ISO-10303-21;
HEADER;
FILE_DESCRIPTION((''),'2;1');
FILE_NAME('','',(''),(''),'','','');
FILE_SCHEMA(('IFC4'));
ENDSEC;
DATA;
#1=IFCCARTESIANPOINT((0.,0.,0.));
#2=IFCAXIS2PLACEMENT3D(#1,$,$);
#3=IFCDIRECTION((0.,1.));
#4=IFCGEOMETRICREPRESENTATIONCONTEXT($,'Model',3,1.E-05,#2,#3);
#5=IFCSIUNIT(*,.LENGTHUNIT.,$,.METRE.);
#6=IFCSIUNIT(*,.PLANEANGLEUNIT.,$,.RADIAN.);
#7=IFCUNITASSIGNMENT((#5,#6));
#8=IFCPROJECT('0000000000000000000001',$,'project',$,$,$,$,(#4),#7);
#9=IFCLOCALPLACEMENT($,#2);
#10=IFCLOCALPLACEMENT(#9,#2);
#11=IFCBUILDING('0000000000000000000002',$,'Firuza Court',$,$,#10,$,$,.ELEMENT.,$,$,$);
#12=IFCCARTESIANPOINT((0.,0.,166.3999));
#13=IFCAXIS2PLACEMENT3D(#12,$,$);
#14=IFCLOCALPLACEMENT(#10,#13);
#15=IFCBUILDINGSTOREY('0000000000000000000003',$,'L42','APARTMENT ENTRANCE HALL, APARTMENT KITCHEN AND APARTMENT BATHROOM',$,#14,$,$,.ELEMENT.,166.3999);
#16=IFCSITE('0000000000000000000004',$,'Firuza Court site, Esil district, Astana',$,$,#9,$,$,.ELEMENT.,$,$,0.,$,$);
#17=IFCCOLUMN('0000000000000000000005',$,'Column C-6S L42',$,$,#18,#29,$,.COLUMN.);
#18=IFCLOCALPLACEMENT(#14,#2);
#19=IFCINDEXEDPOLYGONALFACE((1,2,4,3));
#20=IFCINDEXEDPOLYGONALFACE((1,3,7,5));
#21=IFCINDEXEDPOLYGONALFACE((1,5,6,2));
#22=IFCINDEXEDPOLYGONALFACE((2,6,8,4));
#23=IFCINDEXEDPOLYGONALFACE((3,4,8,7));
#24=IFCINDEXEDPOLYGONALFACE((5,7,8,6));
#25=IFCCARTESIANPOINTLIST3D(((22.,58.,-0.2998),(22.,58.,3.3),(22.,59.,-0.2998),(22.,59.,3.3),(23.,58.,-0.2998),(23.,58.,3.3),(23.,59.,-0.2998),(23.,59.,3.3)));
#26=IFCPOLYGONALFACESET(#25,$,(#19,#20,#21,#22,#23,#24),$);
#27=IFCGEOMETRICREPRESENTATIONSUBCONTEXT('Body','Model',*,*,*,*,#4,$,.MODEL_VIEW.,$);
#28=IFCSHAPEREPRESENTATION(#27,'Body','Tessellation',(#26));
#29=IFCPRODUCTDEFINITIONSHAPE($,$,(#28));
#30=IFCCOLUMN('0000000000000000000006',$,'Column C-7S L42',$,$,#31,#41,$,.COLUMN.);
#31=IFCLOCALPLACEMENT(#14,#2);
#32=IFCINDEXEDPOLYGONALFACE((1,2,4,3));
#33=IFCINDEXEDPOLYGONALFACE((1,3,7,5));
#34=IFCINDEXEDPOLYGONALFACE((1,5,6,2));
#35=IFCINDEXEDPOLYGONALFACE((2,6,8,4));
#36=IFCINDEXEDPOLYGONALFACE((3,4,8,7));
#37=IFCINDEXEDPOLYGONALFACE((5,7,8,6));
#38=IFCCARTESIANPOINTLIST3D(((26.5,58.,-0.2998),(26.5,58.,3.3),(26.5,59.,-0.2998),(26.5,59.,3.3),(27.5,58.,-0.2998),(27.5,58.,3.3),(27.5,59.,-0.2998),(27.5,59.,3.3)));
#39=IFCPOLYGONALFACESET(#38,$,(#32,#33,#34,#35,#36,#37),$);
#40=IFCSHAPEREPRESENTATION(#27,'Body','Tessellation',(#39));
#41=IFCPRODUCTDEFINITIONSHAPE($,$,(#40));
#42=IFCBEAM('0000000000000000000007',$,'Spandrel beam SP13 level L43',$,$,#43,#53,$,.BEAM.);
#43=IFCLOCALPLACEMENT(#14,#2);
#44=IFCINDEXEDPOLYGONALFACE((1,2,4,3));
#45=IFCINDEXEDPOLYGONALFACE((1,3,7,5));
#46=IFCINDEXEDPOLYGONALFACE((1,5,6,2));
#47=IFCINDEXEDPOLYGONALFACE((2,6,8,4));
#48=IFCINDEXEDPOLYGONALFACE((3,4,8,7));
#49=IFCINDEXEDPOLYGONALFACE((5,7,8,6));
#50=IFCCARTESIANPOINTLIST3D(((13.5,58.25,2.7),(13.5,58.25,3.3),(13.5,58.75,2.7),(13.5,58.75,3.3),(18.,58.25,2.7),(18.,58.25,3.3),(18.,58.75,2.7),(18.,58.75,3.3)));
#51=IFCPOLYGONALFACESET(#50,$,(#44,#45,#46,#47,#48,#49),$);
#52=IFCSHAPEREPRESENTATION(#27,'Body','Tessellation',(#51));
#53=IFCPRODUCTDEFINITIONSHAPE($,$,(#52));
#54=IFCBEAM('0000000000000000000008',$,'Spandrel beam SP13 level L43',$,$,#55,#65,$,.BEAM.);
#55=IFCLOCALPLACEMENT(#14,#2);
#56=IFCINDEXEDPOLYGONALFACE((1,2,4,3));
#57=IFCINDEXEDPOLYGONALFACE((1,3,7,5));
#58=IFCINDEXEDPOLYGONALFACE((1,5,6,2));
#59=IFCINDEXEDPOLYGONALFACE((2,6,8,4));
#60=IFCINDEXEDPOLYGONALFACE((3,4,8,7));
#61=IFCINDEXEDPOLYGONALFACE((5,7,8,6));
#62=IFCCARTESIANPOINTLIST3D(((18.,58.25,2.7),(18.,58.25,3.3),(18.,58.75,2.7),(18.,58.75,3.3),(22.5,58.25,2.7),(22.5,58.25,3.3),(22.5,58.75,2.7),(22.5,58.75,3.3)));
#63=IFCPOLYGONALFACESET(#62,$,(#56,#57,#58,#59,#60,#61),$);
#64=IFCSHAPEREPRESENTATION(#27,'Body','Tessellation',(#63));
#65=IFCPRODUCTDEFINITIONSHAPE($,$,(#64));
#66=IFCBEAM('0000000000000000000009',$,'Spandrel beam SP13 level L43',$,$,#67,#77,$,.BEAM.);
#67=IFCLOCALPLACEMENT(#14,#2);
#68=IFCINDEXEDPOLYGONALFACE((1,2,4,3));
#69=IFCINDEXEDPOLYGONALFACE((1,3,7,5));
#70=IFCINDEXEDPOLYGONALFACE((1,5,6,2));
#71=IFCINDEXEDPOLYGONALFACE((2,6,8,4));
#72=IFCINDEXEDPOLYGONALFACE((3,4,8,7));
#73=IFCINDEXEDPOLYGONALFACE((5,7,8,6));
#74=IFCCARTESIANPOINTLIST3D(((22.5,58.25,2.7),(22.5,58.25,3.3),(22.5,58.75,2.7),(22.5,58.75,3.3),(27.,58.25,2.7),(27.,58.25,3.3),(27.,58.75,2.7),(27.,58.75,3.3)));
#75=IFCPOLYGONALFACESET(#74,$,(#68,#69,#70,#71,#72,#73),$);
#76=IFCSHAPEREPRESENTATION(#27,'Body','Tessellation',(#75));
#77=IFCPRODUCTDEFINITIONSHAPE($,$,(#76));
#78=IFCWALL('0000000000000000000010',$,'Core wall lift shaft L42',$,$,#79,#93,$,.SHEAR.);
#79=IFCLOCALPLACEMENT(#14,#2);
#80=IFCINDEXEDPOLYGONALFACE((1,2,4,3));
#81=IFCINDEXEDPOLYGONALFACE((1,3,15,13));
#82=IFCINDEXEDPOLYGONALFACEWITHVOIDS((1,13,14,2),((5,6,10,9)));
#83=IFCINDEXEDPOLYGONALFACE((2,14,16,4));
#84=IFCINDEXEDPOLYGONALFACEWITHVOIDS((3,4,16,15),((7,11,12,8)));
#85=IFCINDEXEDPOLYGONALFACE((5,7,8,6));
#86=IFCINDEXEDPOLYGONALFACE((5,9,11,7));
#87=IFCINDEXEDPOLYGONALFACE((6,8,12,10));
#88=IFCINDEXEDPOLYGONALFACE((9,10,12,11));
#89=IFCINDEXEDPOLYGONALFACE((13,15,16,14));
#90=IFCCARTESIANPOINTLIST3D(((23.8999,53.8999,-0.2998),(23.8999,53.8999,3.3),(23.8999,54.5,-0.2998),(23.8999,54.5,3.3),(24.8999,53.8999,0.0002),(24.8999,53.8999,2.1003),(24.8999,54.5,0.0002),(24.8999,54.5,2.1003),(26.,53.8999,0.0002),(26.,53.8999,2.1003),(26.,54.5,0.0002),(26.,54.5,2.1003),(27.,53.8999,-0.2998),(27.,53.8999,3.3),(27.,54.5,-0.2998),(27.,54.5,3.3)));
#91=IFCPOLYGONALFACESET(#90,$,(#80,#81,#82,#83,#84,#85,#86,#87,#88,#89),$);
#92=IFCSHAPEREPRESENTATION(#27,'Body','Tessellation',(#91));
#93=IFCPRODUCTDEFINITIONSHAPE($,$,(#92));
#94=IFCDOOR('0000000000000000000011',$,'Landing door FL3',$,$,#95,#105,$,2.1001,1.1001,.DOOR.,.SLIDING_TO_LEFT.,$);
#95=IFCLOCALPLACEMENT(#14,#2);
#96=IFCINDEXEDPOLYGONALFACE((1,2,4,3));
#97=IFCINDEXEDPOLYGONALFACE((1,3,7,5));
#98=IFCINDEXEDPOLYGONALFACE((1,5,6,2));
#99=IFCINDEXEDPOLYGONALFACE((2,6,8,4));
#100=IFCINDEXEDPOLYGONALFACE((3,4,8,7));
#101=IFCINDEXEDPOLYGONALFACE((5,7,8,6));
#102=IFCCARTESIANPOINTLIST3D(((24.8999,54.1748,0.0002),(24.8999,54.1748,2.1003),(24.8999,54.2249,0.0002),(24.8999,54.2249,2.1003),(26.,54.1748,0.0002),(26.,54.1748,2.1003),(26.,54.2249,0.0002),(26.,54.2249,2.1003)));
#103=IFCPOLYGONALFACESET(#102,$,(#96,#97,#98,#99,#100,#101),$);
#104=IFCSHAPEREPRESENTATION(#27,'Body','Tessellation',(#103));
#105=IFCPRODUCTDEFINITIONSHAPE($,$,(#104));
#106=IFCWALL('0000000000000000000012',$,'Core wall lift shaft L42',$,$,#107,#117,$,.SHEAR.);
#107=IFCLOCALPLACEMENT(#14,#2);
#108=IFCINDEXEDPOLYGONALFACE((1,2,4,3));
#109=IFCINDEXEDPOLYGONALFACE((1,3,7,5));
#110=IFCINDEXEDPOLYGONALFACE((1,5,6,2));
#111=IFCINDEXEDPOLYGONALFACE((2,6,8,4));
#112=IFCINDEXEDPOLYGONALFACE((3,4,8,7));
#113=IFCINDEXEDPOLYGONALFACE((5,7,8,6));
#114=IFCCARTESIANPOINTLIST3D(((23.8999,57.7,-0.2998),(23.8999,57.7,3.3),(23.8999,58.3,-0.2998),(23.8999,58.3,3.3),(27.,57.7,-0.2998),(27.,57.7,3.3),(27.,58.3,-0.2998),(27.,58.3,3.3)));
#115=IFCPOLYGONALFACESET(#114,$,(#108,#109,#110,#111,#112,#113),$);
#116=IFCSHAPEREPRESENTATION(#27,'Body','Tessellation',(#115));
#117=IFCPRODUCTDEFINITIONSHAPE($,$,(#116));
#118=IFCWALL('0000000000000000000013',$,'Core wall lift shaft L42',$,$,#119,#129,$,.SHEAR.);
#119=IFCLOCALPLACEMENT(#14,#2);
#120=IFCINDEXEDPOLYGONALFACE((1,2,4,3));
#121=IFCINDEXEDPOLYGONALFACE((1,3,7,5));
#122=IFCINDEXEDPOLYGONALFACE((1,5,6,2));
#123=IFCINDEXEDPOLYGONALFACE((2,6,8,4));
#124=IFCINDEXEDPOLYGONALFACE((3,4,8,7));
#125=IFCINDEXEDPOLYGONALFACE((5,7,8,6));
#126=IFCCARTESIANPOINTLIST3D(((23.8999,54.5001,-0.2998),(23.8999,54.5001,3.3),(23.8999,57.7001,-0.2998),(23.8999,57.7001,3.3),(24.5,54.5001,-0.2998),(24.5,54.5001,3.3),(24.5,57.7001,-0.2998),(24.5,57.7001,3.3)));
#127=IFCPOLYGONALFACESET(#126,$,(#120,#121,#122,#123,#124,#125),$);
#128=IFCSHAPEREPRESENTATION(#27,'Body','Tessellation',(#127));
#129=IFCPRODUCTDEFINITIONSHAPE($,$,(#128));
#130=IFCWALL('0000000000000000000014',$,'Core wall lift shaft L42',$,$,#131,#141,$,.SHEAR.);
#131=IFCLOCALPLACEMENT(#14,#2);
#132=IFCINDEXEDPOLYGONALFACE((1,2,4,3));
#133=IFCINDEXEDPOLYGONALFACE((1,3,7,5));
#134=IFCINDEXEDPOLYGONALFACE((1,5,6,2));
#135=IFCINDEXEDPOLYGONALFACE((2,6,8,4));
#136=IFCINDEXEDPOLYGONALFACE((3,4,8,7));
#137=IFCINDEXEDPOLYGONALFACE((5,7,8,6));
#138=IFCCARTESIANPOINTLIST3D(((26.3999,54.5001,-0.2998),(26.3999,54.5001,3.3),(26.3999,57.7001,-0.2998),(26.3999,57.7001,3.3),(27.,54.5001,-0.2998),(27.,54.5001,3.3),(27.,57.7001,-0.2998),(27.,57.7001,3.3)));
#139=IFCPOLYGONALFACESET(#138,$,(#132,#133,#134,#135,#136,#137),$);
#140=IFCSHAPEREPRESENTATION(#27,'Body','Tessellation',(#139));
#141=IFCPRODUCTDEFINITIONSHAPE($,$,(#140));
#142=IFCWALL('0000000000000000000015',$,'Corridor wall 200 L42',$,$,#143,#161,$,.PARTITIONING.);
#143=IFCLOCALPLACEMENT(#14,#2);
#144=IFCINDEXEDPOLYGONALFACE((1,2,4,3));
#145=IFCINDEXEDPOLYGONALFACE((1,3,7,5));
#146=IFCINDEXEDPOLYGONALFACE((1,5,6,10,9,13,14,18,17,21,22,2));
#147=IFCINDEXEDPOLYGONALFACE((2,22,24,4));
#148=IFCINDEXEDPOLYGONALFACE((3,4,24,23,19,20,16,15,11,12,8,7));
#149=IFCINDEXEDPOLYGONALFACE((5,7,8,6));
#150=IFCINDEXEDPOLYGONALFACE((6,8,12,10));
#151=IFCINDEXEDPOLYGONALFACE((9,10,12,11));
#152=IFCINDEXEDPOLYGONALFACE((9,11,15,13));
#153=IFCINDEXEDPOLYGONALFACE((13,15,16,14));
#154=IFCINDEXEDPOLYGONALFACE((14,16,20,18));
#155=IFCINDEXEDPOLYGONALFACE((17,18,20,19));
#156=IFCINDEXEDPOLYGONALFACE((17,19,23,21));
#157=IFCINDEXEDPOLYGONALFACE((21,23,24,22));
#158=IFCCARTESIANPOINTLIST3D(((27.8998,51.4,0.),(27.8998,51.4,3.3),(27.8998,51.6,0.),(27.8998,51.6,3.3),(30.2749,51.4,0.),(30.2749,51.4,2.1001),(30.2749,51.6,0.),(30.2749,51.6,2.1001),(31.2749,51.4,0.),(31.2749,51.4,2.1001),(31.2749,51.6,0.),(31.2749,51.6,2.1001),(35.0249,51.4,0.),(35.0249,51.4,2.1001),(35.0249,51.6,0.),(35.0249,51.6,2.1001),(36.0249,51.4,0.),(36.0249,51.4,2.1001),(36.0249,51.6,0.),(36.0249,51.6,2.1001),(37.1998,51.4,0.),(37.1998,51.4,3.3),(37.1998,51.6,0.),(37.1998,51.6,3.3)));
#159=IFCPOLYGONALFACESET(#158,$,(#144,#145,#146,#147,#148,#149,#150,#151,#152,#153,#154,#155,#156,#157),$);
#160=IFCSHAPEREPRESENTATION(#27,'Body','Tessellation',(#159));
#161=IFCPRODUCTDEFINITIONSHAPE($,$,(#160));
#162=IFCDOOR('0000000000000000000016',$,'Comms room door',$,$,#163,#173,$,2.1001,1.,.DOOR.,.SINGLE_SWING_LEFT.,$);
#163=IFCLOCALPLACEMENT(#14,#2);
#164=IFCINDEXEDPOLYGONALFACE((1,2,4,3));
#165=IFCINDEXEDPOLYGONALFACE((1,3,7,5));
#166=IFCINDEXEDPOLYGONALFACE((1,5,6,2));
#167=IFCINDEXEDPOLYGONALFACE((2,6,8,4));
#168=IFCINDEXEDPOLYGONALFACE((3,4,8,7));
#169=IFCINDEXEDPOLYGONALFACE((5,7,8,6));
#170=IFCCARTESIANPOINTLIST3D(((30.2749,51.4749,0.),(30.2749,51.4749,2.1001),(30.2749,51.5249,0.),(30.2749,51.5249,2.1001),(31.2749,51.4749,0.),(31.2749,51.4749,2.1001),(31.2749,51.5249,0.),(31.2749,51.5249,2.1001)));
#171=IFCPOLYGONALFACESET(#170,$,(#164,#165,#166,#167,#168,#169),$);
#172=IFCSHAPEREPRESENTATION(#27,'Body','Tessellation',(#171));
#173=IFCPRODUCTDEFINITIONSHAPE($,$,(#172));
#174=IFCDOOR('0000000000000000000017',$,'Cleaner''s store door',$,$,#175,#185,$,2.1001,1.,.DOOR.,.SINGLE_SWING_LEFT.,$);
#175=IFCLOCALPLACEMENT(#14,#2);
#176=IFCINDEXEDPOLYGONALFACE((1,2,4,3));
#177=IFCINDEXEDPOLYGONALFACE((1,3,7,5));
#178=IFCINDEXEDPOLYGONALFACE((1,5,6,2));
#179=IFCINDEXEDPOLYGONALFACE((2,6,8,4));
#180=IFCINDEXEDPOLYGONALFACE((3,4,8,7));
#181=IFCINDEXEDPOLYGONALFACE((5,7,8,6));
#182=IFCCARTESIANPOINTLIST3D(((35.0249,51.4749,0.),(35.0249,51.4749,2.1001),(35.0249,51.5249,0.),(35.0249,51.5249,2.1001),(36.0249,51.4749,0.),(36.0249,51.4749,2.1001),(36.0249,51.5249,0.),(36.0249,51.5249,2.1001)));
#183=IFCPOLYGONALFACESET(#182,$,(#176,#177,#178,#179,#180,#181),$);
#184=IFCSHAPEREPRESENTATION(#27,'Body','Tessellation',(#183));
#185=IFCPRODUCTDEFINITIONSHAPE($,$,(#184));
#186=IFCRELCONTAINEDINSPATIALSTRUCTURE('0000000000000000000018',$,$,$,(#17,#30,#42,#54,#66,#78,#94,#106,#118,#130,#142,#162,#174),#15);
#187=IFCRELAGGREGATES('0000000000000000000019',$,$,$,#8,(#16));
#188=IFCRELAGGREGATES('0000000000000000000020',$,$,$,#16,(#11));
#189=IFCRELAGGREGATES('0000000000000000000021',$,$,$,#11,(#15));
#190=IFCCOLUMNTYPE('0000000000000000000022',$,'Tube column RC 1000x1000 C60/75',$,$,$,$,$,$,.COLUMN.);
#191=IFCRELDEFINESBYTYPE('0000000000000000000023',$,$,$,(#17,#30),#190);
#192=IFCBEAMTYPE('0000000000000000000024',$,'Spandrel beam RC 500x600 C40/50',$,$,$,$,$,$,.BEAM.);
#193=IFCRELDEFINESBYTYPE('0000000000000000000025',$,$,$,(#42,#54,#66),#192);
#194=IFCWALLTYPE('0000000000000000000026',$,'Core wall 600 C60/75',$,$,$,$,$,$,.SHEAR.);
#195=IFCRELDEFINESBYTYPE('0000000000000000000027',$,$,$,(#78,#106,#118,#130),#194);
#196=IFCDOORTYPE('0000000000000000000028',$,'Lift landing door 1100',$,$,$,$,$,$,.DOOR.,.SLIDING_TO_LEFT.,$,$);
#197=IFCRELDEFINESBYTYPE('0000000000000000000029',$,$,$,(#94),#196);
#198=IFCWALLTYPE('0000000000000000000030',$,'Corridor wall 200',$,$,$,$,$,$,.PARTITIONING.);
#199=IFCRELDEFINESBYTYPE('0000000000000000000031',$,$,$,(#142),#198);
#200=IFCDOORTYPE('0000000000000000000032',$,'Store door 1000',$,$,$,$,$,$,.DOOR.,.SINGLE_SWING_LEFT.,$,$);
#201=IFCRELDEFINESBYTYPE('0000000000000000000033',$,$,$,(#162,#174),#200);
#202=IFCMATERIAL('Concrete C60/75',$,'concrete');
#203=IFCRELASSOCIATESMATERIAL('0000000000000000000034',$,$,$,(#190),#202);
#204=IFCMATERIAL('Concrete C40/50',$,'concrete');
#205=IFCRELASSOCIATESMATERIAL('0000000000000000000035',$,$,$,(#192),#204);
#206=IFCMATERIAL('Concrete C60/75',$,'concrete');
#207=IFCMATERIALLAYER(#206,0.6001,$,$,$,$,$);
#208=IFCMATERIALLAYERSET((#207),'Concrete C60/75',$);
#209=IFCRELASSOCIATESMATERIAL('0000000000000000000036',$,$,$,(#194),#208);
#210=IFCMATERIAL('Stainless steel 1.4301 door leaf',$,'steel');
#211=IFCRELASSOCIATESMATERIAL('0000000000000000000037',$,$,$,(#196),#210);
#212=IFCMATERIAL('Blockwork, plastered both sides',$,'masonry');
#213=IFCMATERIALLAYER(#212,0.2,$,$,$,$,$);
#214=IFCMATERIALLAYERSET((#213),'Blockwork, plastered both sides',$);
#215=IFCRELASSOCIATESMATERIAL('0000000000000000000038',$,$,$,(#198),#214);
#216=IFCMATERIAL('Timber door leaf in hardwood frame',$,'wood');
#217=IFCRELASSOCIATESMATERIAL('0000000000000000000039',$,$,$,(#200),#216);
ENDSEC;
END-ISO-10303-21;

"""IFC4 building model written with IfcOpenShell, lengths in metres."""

from ifc_helpers import new_model, si_unit, direction, frame, frame_2d, origin, origin_2d, place, context, subcontext, project, spatial, rectangle, extrude, material, layer, layer_set, material_profile, profile_set, type_object, element, fill, save


model = new_model("IFC4")

# Units and contexts
model_context = context("Model", 3, precision=1e-05, world=origin(), true_north=direction((0.0, 1.0)))
body_context = subcontext(model_context, "Body", "Model", "MODEL_VIEW")
ifc_project = project(units=[si_unit("LENGTHUNIT", "METRE"), si_unit("PLANEANGLEUNIT", "RADIAN")], contexts=[model_context])

# Site, building, storey
site_placement = place(None, origin())
site = spatial("IfcSite", under=ifc_project, at=site_placement, Name="Firuza Court site, Esil district, Astana", CompositionType="ELEMENT", RefElevation=0.0)
building_placement = place(site_placement, origin())
building = spatial("IfcBuilding", under=site, at=building_placement, Name="Firuza Court", CompositionType="ELEMENT")
storey_placement = place(building_placement, frame((0.0, 0.0, 166.3999)))
storey = spatial("IfcBuildingStorey", under=building, at=storey_placement, Name="L42", Description="APARTMENT ENTRANCE HALL, APARTMENT KITCHEN AND APARTMENT BATHROOM", CompositionType="ELEMENT", Elevation=166.3999)

# Columns
ifc_material_1 = material(Name="Concrete C60/75", Category="concrete")
ifc_material_profile_1 = material_profile(ifc_material_1, rectangle(XDim=1.0, YDim=1.0, at=origin_2d()), Name="RC 1000x1000")
ifc_profile_set_1 = profile_set([ifc_material_profile_1], Name="Concrete C60/75")
column_type = type_object("IfcColumnType", Name="Tube column RC 1000x1000 C60/75", PredefinedType="COLUMN", material=ifc_profile_set_1)
for number, where, z_axis, x_axis, name in (
    (1, (22.5, 58.5, -0.2998), (0.0, 0.0, 1.0), (1.0, 0.0, 0.0), "Column C-6S L42"),
    (2, (27.0, 58.5, -0.2998), (0.0, 0.0, 1.0), (1.0, 0.0, 0.0), "Column C-7S L42"),
):
    element("IfcColumn", number, at=place(storey_placement, frame(where, z_axis=z_axis, x_axis=x_axis)), inside=storey, type_object=column_type, Name=name, PredefinedType="COLUMN", context=body_context, shape_type="SweptSolid", body=[
        extrude(rectangle(XDim=1.0, YDim=1.0, at=origin_2d()), origin(), (0.0, 0.0, 1.0), 3.5999),
    ])

# Beams
ifc_material_2 = material(Name="Concrete C40/50", Category="concrete")
ifc_material_profile_2 = material_profile(ifc_material_2, rectangle(XDim=0.5, YDim=0.6001, at=origin_2d()), Name="RC 500x600")
ifc_profile_set_2 = profile_set([ifc_material_profile_2], Name="Concrete C40/50")
beam_type = type_object("IfcBeamType", Name="Spandrel beam RC 500x600 C40/50", PredefinedType="BEAM", material=ifc_profile_set_2)
for number, where, z_axis, x_axis, name in (
    (3, (18.0, 58.5, 3.0), (-1.0, 0.0, 0.0), (0.0, -1.0, 0.0), "Spandrel beam SP13 level L43"),
    (4, (22.5, 58.5, 3.0), (-1.0, 0.0, 0.0), (0.0, -1.0, 0.0), "Spandrel beam SP13 level L43"),
    (5, (27.0, 58.5, 3.0), (-1.0, 0.0, 0.0), (0.0, -1.0, 0.0), "Spandrel beam SP13 level L43"),
):
    element("IfcBeam", number, at=place(storey_placement, frame(where, z_axis=z_axis, x_axis=x_axis)), inside=storey, type_object=beam_type, Name=name, PredefinedType="BEAM", context=body_context, shape_type="SweptSolid", body=[
        extrude(rectangle(XDim=0.5, YDim=0.6001, at=origin_2d()), origin(), (0.0, 0.0, 1.0), 4.5),
    ])

# Wall, opening, door
ifc_material_3 = material(Name="Concrete C60/75", Category="concrete")
ifc_layer_1 = layer(ifc_material_3, 0.6001)
ifc_layer_set_1 = layer_set([ifc_layer_1], Name="Concrete C60/75")
wall_type_1 = type_object("IfcWallType", Name="Core wall 600 C60/75", PredefinedType="SHEAR", material=ifc_layer_set_1)
wall_1_placement = place(storey_placement, frame((23.8999, 54.2, -0.2998), z_axis=(0.0, 0.0, 1.0), x_axis=(1.0, 0.0, 0.0)))
wall_1 = element("IfcWall", 6, at=wall_1_placement, inside=storey, type_object=wall_type_1, Name="Core wall lift shaft L42", PredefinedType="SHEAR", context=body_context, shape_type="SweptSolid", body=[
    extrude(rectangle(XDim=3.1001, YDim=0.6001, at=frame_2d((1.55, 0.0))), origin(), (0.0, 0.0, 1.0), 3.5999),
])
opening_1_placement = place(wall_1_placement, frame((1.0, 0.0, 0.3)))
opening_1 = element("IfcOpeningElement", 7, at=opening_1_placement, cuts=wall_1, PredefinedType="OPENING", context=body_context, shape_type="SweptSolid", body=[
    extrude(rectangle(XDim=1.1001, YDim=2.1001, at=frame_2d((0.55, 1.05))), frame((0.0, 0.312, 0.0), z_axis=(0.0, -1.0, 0.0), x_axis=(1.0, 0.0, 0.0)), (0.0, 0.0, 1.0), 0.624),
])
ifc_material_4 = material(Name="Stainless steel 1.4301 door leaf", Category="steel")
door_type_1 = type_object("IfcDoorType", Name="Lift landing door 1100", OperationType="SLIDING_TO_LEFT", PredefinedType="DOOR", material=ifc_material_4)
door_1_placement = place(opening_1_placement, origin())
door_1 = element("IfcDoor", 8, at=door_1_placement, inside=storey, type_object=door_type_1, Name="Landing door FL3", OperationType="SLIDING_TO_LEFT", OverallHeight=2.1001, OverallWidth=1.1001, PredefinedType="DOOR", context=body_context, shape_type="SweptSolid", body=[
    extrude(rectangle(XDim=1.1001, YDim=2.1001, at=frame_2d((0.55, 1.05))), frame((0.0, 0.0249, 0.0), z_axis=(0.0, -1.0, 0.0), x_axis=(1.0, 0.0, 0.0)), (0.0, 0.0, 1.0), 0.05),
])
fill(opening_1, door_1)

# Walls
wall_2_placement = place(storey_placement, frame((23.8999, 58.0, -0.2998), z_axis=(0.0, 0.0, 1.0), x_axis=(1.0, 0.0, 0.0)))
element("IfcWall", 9, at=wall_2_placement, inside=storey, type_object=wall_type_1, Name="Core wall lift shaft L42", PredefinedType="SHEAR", context=body_context, shape_type="SweptSolid", body=[
    extrude(rectangle(XDim=3.1001, YDim=0.6001, at=frame_2d((1.55, 0.0))), origin(), (0.0, 0.0, 1.0), 3.5999),
])
for number, where, z_axis, x_axis, name in (
    (10, (24.2, 54.5, -0.2998), (0.0, 0.0, 1.0), (0.0, 1.0, 0.0), "Core wall lift shaft L42"),
    (11, (26.7, 54.5, -0.2998), (0.0, 0.0, 1.0), (0.0, 1.0, 0.0), "Core wall lift shaft L42"),
):
    element("IfcWall", number, at=place(storey_placement, frame(where, z_axis=z_axis, x_axis=x_axis)), inside=storey, type_object=wall_type_1, Name=name, PredefinedType="SHEAR", context=body_context, shape_type="SweptSolid", body=[
        extrude(rectangle(XDim=3.2, YDim=0.6001, at=frame_2d((1.6001, 0.0))), origin(), (0.0, 0.0, 1.0), 3.5999),
    ])

# Wall, openings, doors
ifc_material_5 = material(Name="Blockwork, plastered both sides", Category="masonry")
ifc_layer_2 = layer(ifc_material_5, 0.2)
ifc_layer_set_2 = layer_set([ifc_layer_2], Name="Blockwork, plastered both sides")
wall_type_2 = type_object("IfcWallType", Name="Corridor wall 200", PredefinedType="PARTITIONING", material=ifc_layer_set_2)
wall_3_placement = place(storey_placement, frame((27.8999, 51.5, 0.0), z_axis=(0.0, 0.0, 1.0), x_axis=(1.0, 0.0, 0.0)))
wall_3 = element("IfcWall", 12, at=wall_3_placement, inside=storey, type_object=wall_type_2, Name="Corridor wall 200 L42", PredefinedType="PARTITIONING", context=body_context, shape_type="SweptSolid", body=[
    extrude(rectangle(XDim=9.3, YDim=0.2, at=frame_2d((4.6499, 0.0))), origin(), (0.0, 0.0, 1.0), 3.3),
])
opening_2_placement = place(wall_3_placement, frame((2.375, 0.0, 0.0)))
opening_2 = element("IfcOpeningElement", 13, at=opening_2_placement, cuts=wall_3, PredefinedType="OPENING", context=body_context, shape_type="SweptSolid", body=[
    extrude(rectangle(XDim=1.0, YDim=2.1001, at=frame_2d((0.5, 1.05))), frame((0.0, 0.1118, 0.0), z_axis=(0.0, -1.0, 0.0), x_axis=(1.0, 0.0, 0.0)), (0.0, 0.0, 1.0), 0.2239),
])
opening_3_placement = place(wall_3_placement, frame((7.125, 0.0, 0.0)))
opening_3 = element("IfcOpeningElement", 14, at=opening_3_placement, cuts=wall_3, PredefinedType="OPENING", context=body_context, shape_type="SweptSolid", body=[
    extrude(rectangle(XDim=1.0, YDim=2.1001, at=frame_2d((0.5, 1.05))), frame((0.0, 0.1118, 0.0), z_axis=(0.0, -1.0, 0.0), x_axis=(1.0, 0.0, 0.0)), (0.0, 0.0, 1.0), 0.2239),
])
ifc_material_6 = material(Name="Timber door leaf in hardwood frame", Category="wood")
door_type_2 = type_object("IfcDoorType", Name="Store door 1000", OperationType="SINGLE_SWING_LEFT", PredefinedType="DOOR", material=ifc_material_6)
door_2_placement = place(opening_2_placement, origin())
door_2 = element("IfcDoor", 15, at=door_2_placement, inside=storey, type_object=door_type_2, Name="Comms room door", OperationType="SINGLE_SWING_LEFT", OverallHeight=2.1001, OverallWidth=1.0, PredefinedType="DOOR", context=body_context, shape_type="SweptSolid", body=[
    extrude(rectangle(XDim=1.0, YDim=2.1001, at=frame_2d((0.5, 1.05))), frame((0.0, 0.0249, 0.0), z_axis=(0.0, -1.0, 0.0), x_axis=(1.0, 0.0, 0.0)), (0.0, 0.0, 1.0), 0.05),
])
fill(opening_2, door_2)
door_3_placement = place(opening_3_placement, origin())
door_3 = element("IfcDoor", 16, at=door_3_placement, inside=storey, type_object=door_type_2, Name="Cleaner's store door", OperationType="SINGLE_SWING_LEFT", OverallHeight=2.1001, OverallWidth=1.0, PredefinedType="DOOR", context=body_context, shape_type="SweptSolid", body=[
    extrude(rectangle(XDim=1.0, YDim=2.1001, at=frame_2d((0.5, 1.05))), frame((0.0, 0.0249, 0.0), z_axis=(0.0, -1.0, 0.0), x_axis=(1.0, 0.0, 0.0)), (0.0, 0.0, 1.0), 0.05),
])
fill(opening_3, door_3)

save(model, "model.ifc")
